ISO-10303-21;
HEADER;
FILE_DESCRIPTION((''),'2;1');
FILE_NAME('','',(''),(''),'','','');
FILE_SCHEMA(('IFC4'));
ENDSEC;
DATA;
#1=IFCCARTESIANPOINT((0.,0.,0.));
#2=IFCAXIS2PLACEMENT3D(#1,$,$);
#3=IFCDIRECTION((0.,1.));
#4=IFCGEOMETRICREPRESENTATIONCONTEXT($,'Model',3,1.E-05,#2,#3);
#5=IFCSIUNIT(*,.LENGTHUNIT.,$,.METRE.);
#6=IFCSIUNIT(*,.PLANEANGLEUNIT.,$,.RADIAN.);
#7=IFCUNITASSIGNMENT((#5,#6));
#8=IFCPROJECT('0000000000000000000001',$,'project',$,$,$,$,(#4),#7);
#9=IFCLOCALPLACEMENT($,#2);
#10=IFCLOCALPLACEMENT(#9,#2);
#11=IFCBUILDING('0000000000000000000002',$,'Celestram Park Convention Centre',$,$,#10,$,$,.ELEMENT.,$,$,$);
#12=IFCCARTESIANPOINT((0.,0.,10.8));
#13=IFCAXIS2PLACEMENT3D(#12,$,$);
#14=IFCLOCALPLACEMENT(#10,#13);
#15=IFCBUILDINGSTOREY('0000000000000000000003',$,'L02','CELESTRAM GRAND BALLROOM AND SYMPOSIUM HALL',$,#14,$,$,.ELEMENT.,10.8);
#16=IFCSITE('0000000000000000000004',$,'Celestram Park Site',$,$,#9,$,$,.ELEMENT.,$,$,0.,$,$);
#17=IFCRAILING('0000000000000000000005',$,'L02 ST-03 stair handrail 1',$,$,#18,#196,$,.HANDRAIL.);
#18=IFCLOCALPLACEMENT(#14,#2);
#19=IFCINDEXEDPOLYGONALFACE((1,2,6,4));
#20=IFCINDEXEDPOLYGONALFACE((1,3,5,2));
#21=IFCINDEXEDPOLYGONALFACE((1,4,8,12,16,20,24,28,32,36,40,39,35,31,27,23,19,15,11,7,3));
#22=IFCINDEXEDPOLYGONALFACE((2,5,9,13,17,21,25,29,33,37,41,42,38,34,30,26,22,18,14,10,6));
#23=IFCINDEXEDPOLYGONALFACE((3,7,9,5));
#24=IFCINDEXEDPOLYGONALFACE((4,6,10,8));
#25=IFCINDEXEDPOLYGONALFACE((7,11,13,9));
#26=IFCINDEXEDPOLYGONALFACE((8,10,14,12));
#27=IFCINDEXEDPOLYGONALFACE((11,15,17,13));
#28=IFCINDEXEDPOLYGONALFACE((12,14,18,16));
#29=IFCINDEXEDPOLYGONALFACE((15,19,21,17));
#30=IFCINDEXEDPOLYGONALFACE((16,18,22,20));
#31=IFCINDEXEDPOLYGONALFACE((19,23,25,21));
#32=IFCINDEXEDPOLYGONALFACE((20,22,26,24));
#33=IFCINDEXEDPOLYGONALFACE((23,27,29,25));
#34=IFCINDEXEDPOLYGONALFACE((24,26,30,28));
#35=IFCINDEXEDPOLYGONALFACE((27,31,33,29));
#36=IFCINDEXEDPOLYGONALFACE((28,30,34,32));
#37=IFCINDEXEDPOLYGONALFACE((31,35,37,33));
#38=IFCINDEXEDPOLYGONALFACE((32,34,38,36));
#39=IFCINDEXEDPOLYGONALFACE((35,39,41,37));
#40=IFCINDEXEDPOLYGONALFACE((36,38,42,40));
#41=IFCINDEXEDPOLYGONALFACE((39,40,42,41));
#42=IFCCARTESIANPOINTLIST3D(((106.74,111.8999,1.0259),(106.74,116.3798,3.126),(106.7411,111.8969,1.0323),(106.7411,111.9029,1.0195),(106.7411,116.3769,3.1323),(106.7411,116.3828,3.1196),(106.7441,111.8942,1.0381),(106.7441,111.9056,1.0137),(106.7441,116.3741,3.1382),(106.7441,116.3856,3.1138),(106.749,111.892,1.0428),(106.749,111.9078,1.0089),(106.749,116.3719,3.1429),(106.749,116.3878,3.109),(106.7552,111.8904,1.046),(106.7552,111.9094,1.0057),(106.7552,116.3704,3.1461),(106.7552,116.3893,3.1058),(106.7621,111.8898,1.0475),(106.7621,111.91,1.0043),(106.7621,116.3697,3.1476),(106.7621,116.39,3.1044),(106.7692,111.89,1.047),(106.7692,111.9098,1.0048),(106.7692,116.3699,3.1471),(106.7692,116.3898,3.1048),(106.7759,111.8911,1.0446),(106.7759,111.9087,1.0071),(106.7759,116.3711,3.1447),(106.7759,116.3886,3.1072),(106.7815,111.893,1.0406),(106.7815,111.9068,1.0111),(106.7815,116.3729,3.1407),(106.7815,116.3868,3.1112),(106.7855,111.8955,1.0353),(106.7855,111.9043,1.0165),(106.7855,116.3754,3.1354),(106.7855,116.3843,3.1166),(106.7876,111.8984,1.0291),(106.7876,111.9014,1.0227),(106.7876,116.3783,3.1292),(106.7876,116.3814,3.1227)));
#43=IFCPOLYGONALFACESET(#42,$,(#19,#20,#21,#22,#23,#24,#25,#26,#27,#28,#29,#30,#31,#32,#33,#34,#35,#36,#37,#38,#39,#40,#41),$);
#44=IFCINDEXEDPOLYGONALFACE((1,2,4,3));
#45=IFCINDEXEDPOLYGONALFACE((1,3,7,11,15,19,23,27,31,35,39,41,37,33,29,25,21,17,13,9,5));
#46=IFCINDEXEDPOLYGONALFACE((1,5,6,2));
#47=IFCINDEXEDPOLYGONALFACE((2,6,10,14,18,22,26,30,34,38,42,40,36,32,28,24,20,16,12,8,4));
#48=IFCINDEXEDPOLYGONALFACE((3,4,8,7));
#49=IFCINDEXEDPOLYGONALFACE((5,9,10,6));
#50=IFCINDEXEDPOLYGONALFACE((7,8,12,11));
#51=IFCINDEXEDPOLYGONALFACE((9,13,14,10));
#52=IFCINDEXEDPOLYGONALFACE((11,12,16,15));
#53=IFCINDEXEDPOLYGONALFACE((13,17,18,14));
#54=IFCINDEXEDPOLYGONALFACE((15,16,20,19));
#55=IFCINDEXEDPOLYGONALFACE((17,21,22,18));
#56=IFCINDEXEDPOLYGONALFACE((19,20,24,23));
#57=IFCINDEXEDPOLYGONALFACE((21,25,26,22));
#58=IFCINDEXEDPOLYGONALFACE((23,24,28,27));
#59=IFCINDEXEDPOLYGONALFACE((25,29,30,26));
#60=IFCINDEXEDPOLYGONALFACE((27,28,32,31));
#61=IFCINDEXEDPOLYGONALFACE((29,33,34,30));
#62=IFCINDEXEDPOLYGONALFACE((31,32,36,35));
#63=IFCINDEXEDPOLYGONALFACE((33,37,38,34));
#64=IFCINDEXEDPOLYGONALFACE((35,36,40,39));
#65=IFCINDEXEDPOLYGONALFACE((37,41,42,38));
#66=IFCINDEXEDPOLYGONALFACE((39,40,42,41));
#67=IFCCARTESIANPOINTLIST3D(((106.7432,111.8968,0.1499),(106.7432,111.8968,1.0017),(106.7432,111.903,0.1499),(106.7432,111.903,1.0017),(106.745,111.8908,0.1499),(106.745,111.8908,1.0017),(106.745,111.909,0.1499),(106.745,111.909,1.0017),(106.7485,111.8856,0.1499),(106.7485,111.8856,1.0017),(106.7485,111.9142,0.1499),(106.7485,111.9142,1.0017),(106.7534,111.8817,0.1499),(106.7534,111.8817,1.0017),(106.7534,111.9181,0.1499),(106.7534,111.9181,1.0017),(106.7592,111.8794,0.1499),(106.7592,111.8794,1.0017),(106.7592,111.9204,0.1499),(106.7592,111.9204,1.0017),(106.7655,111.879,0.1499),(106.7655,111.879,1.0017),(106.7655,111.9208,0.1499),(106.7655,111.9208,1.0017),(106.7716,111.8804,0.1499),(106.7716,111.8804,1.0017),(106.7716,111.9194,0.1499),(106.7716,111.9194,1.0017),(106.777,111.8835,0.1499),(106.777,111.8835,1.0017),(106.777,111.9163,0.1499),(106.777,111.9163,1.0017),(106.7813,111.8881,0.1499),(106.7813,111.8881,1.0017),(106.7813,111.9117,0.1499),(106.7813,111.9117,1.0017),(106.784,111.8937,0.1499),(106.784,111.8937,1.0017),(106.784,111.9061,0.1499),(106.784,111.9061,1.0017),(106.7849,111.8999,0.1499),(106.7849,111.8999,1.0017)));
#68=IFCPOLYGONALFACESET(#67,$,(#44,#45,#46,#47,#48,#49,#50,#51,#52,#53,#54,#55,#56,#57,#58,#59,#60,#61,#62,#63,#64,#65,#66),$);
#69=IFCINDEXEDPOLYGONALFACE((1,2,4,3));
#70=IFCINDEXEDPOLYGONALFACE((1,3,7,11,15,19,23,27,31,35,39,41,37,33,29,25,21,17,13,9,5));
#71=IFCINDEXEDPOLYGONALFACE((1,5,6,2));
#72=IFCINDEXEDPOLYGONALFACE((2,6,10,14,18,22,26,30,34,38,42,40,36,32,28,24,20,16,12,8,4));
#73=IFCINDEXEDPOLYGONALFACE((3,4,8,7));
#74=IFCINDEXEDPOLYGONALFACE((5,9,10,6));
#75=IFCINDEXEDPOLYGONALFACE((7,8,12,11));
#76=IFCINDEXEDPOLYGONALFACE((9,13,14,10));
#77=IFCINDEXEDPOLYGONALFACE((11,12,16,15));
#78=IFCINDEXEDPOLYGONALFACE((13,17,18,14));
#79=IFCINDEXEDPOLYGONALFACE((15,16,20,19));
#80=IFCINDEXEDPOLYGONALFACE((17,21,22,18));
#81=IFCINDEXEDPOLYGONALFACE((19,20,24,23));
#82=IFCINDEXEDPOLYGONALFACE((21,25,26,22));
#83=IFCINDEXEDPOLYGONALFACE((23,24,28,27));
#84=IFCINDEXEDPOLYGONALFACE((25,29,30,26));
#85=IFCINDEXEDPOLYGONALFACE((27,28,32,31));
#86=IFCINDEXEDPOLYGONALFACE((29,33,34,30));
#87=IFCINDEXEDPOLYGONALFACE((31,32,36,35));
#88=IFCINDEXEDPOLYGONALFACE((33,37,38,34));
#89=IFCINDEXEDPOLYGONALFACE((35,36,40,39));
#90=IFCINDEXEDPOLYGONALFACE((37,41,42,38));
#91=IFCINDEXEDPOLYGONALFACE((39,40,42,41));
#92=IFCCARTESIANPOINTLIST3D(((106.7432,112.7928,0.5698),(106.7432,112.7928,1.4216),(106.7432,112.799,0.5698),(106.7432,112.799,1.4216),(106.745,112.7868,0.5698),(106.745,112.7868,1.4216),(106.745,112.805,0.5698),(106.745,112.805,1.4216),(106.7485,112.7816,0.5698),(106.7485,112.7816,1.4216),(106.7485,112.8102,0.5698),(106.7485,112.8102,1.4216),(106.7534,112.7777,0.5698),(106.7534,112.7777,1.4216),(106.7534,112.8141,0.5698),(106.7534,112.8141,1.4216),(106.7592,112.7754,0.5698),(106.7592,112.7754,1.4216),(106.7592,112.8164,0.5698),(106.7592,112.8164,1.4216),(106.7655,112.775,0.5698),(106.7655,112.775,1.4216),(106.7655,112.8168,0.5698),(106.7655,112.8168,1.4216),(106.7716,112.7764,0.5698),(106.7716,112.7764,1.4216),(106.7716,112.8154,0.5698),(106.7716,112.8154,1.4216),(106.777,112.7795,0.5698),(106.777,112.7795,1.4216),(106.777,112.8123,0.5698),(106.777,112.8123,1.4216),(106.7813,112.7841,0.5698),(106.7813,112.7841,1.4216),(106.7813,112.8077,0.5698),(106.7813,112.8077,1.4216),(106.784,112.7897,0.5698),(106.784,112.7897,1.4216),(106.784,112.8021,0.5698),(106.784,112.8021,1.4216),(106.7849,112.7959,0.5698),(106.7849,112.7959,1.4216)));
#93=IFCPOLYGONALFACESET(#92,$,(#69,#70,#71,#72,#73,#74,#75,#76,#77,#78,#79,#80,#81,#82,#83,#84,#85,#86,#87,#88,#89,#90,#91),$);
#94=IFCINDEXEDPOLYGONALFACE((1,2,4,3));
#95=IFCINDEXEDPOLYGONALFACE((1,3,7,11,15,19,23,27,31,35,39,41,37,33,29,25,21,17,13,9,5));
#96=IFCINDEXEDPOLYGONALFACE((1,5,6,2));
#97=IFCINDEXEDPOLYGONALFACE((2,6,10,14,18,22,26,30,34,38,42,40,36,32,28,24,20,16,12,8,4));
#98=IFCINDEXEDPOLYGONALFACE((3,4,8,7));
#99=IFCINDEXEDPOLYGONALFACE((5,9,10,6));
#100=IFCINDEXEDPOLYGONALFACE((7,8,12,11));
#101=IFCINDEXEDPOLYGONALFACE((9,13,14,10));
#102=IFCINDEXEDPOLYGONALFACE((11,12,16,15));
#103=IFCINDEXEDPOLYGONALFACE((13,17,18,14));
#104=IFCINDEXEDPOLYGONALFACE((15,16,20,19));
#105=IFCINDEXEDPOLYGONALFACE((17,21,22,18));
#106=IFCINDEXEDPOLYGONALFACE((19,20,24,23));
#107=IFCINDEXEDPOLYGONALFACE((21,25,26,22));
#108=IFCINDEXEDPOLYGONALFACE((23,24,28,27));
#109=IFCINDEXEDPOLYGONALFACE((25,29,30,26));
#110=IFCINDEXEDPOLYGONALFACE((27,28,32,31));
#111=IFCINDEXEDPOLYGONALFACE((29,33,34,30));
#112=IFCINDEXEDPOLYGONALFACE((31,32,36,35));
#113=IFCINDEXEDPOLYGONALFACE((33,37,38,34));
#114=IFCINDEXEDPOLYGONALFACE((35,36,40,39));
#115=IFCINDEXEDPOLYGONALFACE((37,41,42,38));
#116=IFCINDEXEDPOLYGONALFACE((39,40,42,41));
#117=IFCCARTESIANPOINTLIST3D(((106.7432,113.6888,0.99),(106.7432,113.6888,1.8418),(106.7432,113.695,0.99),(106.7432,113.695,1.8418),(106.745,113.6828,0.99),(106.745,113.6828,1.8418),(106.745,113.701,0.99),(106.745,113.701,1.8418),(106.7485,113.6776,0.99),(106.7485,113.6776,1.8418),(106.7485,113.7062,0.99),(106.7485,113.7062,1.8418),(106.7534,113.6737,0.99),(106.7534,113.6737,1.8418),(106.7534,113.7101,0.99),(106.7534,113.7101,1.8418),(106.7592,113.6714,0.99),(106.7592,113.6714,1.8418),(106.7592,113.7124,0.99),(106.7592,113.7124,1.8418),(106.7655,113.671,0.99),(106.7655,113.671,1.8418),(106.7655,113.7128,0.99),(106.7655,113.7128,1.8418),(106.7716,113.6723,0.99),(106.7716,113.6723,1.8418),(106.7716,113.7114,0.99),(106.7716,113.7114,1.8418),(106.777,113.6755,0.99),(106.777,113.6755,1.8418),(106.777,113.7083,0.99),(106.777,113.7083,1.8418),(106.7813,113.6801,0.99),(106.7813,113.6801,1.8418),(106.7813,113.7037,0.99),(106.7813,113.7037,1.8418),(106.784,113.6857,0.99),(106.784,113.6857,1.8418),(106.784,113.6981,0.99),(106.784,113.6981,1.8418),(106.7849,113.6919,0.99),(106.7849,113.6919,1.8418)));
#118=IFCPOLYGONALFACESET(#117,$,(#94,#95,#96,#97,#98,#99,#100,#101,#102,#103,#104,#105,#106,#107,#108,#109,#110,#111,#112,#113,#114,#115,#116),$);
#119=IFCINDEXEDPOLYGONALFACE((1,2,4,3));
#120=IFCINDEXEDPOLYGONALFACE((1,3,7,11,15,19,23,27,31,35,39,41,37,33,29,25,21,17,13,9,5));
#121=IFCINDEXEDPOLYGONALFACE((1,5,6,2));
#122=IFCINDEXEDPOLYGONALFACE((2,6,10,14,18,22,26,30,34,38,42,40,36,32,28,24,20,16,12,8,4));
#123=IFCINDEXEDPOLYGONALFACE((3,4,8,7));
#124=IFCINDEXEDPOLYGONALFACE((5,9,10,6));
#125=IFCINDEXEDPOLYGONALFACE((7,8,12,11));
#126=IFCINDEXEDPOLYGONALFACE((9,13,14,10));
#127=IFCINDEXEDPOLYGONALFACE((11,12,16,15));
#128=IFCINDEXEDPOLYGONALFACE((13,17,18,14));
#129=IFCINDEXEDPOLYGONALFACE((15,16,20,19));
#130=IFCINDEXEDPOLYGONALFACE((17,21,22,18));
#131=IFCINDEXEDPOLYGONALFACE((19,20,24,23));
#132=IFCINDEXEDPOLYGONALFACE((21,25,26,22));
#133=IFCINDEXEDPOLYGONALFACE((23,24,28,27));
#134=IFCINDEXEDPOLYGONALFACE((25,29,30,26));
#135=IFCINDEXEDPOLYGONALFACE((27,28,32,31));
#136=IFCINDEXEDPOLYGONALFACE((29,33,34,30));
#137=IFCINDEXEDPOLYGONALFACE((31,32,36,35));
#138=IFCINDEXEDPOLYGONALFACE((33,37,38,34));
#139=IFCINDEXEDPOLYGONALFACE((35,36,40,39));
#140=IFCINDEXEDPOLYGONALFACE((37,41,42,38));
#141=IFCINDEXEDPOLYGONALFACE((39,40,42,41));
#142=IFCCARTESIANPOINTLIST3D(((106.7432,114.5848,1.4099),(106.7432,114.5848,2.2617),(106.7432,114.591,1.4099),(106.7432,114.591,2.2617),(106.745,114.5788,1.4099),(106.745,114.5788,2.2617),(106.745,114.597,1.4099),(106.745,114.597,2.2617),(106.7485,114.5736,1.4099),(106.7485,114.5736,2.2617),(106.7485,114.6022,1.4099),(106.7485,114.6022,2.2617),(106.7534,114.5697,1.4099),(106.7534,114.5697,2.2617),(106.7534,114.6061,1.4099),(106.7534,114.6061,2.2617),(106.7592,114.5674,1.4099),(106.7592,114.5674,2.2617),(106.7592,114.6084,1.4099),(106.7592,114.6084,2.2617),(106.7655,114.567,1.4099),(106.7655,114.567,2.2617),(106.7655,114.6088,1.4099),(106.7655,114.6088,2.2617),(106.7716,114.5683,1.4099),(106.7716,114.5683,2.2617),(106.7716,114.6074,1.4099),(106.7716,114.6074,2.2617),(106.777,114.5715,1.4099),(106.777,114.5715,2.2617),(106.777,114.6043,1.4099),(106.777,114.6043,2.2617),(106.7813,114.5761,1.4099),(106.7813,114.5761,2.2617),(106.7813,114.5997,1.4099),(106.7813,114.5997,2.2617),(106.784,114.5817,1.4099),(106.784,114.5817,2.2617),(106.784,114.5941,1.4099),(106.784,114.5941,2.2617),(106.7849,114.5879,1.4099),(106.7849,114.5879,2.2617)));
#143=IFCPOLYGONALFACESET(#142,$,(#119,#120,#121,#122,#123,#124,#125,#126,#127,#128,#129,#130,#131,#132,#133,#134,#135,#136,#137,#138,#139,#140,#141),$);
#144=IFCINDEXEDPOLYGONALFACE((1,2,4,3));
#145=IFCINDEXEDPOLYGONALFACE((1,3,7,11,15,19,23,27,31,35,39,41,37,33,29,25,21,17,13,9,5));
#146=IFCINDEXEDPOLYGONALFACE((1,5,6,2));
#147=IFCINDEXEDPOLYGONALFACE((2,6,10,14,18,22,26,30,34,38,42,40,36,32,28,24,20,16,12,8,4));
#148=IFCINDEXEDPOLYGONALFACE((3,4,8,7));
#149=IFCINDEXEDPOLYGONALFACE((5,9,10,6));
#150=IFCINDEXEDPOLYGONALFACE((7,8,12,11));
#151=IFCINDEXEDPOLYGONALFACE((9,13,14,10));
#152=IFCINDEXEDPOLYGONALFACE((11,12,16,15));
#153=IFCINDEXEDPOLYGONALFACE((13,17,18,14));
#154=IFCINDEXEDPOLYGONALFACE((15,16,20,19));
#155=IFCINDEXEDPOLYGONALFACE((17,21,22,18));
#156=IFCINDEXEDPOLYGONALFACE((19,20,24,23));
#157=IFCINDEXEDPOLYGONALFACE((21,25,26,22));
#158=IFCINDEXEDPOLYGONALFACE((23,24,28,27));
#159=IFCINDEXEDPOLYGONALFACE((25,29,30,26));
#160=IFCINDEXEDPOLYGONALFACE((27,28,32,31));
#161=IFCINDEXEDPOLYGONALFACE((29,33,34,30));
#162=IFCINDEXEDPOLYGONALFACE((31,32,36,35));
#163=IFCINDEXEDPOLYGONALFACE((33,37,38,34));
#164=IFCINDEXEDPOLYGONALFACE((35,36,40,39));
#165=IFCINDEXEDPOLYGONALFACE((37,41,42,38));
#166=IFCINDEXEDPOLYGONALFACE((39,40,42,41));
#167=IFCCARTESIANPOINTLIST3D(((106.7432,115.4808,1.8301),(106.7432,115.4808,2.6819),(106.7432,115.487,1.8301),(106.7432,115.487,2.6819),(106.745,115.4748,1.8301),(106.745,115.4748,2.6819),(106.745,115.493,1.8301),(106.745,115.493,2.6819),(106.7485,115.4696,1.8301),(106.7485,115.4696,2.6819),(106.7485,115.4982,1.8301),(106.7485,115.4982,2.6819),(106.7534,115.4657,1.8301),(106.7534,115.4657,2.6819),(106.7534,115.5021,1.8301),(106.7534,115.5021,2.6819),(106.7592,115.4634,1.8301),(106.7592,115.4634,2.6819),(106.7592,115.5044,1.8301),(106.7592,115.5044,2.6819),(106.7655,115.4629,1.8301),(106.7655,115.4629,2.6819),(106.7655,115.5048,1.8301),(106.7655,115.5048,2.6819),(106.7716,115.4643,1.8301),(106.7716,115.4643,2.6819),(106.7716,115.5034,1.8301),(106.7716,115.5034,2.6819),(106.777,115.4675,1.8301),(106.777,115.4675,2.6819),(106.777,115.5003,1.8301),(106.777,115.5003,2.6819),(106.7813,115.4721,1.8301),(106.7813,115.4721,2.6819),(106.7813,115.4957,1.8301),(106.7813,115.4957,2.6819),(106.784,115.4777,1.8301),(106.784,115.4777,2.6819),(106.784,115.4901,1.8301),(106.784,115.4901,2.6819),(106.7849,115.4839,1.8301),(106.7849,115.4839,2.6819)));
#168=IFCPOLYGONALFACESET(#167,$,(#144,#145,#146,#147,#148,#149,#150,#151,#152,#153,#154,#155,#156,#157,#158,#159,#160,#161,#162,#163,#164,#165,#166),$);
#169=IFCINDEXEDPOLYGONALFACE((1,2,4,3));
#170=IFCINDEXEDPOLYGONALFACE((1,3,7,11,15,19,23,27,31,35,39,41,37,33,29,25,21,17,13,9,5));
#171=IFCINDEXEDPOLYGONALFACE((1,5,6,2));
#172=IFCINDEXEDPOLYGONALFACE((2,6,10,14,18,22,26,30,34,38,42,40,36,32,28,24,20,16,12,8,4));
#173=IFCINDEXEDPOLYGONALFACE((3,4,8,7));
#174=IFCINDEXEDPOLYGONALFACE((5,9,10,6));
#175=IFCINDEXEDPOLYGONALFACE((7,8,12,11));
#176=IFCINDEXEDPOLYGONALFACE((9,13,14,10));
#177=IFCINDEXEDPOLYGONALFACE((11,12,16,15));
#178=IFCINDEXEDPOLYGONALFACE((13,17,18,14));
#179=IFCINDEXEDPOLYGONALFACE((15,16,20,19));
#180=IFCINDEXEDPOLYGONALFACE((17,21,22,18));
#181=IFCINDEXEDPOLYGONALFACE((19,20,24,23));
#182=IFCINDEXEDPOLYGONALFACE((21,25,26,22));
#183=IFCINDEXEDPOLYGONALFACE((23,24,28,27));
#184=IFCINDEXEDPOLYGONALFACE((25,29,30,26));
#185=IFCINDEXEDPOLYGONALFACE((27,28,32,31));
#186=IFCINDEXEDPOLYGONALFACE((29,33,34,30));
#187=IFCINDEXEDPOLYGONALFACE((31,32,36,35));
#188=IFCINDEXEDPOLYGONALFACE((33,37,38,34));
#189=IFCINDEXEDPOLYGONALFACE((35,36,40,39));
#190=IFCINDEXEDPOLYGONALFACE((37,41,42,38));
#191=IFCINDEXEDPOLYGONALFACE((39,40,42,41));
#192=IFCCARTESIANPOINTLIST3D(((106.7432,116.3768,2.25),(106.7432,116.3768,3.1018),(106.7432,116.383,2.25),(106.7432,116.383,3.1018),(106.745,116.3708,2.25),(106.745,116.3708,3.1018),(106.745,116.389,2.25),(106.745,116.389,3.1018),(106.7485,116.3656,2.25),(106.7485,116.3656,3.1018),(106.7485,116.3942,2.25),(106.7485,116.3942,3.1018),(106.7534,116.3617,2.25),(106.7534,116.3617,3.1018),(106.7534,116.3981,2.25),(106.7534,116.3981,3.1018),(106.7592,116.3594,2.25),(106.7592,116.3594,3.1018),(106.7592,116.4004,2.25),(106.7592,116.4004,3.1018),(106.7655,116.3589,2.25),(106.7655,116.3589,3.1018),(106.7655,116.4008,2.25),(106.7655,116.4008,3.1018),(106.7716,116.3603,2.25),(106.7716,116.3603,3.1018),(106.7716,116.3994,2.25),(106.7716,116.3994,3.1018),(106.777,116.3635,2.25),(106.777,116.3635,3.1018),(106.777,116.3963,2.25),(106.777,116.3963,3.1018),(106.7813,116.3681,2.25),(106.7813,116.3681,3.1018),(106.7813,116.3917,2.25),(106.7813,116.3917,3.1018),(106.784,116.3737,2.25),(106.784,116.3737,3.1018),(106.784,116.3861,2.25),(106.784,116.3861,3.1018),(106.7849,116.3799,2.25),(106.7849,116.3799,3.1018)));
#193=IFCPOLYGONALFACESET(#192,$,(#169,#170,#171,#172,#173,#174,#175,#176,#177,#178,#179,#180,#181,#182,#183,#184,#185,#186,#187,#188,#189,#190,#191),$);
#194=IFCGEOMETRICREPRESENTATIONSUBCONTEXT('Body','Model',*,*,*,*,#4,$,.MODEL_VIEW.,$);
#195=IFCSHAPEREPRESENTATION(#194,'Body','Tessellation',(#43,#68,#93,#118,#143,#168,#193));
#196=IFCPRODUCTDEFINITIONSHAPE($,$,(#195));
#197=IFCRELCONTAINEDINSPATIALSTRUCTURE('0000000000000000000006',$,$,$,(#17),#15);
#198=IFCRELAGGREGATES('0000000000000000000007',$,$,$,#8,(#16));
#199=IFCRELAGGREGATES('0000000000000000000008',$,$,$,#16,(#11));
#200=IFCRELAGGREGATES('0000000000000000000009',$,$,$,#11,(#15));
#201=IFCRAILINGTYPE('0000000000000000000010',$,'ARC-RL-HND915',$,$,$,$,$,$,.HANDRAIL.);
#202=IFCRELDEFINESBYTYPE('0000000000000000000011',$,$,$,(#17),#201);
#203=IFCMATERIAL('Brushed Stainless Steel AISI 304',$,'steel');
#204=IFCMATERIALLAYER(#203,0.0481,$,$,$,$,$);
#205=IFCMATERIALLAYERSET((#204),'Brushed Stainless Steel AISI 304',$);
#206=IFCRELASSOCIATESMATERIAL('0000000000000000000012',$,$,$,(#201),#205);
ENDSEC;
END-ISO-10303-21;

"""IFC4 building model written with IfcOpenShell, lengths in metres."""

from ifc_helpers import new_model, si_unit, direction, frame, origin, origin_2d, place, context, subcontext, project, spatial, circle, extrude, material, layer, layer_set, type_object, element, save


model = new_model("IFC4")

# Units and contexts
model_context = context("Model", 3, precision=1e-05, world=origin(), true_north=direction((0.0, 1.0)))
body_context = subcontext(model_context, "Body", "Model", "MODEL_VIEW")
ifc_project = project(units=[si_unit("LENGTHUNIT", "METRE"), si_unit("PLANEANGLEUNIT", "RADIAN")], contexts=[model_context])

# Site, building, storey
site_placement = place(None, origin())
site = spatial("IfcSite", under=ifc_project, at=site_placement, Name="Celestram Park Site", CompositionType="ELEMENT", RefElevation=0.0)
building_placement = place(site_placement, origin())
building = spatial("IfcBuilding", under=site, at=building_placement, Name="Celestram Park Convention Centre", CompositionType="ELEMENT")
storey_placement = place(building_placement, frame((0.0, 0.0, 10.8)))
storey = spatial("IfcBuildingStorey", under=building, at=storey_placement, Name="L02", Description="CELESTRAM GRAND BALLROOM AND SYMPOSIUM HALL", CompositionType="ELEMENT", Elevation=10.8)

# Railing
ifc_material_1 = material(Name="Brushed Stainless Steel AISI 304", Category="steel")
ifc_layer_1 = layer(ifc_material_1, 0.0481)
ifc_layer_set_1 = layer_set([ifc_layer_1], Name="Brushed Stainless Steel AISI 304")
railing_type_1 = type_object("IfcRailingType", Name="ARC-RL-HND915", PredefinedType="HANDRAIL", material=ifc_layer_set_1)
railing_1_placement = place(storey_placement, frame((106.7639, 111.8999, 0.1499)))
element("IfcRailing", 1, at=railing_1_placement, inside=storey, type_object=railing_type_1, Name="L02 ST-03 stair handrail 1", PredefinedType="HANDRAIL", context=body_context, shape_type="SweptSolid", body=[
    extrude(circle(Radius=0.0239, at=origin_2d()), frame((0.0, 0.0, 0.876), z_axis=(0.0, 0.905451, 0.424452), x_axis=(-1.0, 0.0, 0.0)), (0.0, 0.0, 1.0), 4.9478),
    extrude(circle(Radius=0.021, at=origin_2d()), origin(), (0.0, 0.0, 1.0), 0.8518),
    extrude(circle(Radius=0.021, at=origin_2d()), frame((0.0, 0.896, 0.4199)), (0.0, 0.0, 1.0), 0.8518),
    extrude(circle(Radius=0.021, at=origin_2d()), frame((0.0, 1.792, 0.8401)), (0.0, 0.0, 1.0), 0.8518),
    extrude(circle(Radius=0.021, at=origin_2d()), frame((0.0, 2.688, 1.26)), (0.0, 0.0, 1.0), 0.8518),
    extrude(circle(Radius=0.021, at=origin_2d()), frame((0.0, 3.584, 1.6802)), (0.0, 0.0, 1.0), 0.8518),
    extrude(circle(Radius=0.021, at=origin_2d()), frame((0.0, 4.48, 2.1001)), (0.0, 0.0, 1.0), 0.8518),
])

save(model, "model.ifc")
